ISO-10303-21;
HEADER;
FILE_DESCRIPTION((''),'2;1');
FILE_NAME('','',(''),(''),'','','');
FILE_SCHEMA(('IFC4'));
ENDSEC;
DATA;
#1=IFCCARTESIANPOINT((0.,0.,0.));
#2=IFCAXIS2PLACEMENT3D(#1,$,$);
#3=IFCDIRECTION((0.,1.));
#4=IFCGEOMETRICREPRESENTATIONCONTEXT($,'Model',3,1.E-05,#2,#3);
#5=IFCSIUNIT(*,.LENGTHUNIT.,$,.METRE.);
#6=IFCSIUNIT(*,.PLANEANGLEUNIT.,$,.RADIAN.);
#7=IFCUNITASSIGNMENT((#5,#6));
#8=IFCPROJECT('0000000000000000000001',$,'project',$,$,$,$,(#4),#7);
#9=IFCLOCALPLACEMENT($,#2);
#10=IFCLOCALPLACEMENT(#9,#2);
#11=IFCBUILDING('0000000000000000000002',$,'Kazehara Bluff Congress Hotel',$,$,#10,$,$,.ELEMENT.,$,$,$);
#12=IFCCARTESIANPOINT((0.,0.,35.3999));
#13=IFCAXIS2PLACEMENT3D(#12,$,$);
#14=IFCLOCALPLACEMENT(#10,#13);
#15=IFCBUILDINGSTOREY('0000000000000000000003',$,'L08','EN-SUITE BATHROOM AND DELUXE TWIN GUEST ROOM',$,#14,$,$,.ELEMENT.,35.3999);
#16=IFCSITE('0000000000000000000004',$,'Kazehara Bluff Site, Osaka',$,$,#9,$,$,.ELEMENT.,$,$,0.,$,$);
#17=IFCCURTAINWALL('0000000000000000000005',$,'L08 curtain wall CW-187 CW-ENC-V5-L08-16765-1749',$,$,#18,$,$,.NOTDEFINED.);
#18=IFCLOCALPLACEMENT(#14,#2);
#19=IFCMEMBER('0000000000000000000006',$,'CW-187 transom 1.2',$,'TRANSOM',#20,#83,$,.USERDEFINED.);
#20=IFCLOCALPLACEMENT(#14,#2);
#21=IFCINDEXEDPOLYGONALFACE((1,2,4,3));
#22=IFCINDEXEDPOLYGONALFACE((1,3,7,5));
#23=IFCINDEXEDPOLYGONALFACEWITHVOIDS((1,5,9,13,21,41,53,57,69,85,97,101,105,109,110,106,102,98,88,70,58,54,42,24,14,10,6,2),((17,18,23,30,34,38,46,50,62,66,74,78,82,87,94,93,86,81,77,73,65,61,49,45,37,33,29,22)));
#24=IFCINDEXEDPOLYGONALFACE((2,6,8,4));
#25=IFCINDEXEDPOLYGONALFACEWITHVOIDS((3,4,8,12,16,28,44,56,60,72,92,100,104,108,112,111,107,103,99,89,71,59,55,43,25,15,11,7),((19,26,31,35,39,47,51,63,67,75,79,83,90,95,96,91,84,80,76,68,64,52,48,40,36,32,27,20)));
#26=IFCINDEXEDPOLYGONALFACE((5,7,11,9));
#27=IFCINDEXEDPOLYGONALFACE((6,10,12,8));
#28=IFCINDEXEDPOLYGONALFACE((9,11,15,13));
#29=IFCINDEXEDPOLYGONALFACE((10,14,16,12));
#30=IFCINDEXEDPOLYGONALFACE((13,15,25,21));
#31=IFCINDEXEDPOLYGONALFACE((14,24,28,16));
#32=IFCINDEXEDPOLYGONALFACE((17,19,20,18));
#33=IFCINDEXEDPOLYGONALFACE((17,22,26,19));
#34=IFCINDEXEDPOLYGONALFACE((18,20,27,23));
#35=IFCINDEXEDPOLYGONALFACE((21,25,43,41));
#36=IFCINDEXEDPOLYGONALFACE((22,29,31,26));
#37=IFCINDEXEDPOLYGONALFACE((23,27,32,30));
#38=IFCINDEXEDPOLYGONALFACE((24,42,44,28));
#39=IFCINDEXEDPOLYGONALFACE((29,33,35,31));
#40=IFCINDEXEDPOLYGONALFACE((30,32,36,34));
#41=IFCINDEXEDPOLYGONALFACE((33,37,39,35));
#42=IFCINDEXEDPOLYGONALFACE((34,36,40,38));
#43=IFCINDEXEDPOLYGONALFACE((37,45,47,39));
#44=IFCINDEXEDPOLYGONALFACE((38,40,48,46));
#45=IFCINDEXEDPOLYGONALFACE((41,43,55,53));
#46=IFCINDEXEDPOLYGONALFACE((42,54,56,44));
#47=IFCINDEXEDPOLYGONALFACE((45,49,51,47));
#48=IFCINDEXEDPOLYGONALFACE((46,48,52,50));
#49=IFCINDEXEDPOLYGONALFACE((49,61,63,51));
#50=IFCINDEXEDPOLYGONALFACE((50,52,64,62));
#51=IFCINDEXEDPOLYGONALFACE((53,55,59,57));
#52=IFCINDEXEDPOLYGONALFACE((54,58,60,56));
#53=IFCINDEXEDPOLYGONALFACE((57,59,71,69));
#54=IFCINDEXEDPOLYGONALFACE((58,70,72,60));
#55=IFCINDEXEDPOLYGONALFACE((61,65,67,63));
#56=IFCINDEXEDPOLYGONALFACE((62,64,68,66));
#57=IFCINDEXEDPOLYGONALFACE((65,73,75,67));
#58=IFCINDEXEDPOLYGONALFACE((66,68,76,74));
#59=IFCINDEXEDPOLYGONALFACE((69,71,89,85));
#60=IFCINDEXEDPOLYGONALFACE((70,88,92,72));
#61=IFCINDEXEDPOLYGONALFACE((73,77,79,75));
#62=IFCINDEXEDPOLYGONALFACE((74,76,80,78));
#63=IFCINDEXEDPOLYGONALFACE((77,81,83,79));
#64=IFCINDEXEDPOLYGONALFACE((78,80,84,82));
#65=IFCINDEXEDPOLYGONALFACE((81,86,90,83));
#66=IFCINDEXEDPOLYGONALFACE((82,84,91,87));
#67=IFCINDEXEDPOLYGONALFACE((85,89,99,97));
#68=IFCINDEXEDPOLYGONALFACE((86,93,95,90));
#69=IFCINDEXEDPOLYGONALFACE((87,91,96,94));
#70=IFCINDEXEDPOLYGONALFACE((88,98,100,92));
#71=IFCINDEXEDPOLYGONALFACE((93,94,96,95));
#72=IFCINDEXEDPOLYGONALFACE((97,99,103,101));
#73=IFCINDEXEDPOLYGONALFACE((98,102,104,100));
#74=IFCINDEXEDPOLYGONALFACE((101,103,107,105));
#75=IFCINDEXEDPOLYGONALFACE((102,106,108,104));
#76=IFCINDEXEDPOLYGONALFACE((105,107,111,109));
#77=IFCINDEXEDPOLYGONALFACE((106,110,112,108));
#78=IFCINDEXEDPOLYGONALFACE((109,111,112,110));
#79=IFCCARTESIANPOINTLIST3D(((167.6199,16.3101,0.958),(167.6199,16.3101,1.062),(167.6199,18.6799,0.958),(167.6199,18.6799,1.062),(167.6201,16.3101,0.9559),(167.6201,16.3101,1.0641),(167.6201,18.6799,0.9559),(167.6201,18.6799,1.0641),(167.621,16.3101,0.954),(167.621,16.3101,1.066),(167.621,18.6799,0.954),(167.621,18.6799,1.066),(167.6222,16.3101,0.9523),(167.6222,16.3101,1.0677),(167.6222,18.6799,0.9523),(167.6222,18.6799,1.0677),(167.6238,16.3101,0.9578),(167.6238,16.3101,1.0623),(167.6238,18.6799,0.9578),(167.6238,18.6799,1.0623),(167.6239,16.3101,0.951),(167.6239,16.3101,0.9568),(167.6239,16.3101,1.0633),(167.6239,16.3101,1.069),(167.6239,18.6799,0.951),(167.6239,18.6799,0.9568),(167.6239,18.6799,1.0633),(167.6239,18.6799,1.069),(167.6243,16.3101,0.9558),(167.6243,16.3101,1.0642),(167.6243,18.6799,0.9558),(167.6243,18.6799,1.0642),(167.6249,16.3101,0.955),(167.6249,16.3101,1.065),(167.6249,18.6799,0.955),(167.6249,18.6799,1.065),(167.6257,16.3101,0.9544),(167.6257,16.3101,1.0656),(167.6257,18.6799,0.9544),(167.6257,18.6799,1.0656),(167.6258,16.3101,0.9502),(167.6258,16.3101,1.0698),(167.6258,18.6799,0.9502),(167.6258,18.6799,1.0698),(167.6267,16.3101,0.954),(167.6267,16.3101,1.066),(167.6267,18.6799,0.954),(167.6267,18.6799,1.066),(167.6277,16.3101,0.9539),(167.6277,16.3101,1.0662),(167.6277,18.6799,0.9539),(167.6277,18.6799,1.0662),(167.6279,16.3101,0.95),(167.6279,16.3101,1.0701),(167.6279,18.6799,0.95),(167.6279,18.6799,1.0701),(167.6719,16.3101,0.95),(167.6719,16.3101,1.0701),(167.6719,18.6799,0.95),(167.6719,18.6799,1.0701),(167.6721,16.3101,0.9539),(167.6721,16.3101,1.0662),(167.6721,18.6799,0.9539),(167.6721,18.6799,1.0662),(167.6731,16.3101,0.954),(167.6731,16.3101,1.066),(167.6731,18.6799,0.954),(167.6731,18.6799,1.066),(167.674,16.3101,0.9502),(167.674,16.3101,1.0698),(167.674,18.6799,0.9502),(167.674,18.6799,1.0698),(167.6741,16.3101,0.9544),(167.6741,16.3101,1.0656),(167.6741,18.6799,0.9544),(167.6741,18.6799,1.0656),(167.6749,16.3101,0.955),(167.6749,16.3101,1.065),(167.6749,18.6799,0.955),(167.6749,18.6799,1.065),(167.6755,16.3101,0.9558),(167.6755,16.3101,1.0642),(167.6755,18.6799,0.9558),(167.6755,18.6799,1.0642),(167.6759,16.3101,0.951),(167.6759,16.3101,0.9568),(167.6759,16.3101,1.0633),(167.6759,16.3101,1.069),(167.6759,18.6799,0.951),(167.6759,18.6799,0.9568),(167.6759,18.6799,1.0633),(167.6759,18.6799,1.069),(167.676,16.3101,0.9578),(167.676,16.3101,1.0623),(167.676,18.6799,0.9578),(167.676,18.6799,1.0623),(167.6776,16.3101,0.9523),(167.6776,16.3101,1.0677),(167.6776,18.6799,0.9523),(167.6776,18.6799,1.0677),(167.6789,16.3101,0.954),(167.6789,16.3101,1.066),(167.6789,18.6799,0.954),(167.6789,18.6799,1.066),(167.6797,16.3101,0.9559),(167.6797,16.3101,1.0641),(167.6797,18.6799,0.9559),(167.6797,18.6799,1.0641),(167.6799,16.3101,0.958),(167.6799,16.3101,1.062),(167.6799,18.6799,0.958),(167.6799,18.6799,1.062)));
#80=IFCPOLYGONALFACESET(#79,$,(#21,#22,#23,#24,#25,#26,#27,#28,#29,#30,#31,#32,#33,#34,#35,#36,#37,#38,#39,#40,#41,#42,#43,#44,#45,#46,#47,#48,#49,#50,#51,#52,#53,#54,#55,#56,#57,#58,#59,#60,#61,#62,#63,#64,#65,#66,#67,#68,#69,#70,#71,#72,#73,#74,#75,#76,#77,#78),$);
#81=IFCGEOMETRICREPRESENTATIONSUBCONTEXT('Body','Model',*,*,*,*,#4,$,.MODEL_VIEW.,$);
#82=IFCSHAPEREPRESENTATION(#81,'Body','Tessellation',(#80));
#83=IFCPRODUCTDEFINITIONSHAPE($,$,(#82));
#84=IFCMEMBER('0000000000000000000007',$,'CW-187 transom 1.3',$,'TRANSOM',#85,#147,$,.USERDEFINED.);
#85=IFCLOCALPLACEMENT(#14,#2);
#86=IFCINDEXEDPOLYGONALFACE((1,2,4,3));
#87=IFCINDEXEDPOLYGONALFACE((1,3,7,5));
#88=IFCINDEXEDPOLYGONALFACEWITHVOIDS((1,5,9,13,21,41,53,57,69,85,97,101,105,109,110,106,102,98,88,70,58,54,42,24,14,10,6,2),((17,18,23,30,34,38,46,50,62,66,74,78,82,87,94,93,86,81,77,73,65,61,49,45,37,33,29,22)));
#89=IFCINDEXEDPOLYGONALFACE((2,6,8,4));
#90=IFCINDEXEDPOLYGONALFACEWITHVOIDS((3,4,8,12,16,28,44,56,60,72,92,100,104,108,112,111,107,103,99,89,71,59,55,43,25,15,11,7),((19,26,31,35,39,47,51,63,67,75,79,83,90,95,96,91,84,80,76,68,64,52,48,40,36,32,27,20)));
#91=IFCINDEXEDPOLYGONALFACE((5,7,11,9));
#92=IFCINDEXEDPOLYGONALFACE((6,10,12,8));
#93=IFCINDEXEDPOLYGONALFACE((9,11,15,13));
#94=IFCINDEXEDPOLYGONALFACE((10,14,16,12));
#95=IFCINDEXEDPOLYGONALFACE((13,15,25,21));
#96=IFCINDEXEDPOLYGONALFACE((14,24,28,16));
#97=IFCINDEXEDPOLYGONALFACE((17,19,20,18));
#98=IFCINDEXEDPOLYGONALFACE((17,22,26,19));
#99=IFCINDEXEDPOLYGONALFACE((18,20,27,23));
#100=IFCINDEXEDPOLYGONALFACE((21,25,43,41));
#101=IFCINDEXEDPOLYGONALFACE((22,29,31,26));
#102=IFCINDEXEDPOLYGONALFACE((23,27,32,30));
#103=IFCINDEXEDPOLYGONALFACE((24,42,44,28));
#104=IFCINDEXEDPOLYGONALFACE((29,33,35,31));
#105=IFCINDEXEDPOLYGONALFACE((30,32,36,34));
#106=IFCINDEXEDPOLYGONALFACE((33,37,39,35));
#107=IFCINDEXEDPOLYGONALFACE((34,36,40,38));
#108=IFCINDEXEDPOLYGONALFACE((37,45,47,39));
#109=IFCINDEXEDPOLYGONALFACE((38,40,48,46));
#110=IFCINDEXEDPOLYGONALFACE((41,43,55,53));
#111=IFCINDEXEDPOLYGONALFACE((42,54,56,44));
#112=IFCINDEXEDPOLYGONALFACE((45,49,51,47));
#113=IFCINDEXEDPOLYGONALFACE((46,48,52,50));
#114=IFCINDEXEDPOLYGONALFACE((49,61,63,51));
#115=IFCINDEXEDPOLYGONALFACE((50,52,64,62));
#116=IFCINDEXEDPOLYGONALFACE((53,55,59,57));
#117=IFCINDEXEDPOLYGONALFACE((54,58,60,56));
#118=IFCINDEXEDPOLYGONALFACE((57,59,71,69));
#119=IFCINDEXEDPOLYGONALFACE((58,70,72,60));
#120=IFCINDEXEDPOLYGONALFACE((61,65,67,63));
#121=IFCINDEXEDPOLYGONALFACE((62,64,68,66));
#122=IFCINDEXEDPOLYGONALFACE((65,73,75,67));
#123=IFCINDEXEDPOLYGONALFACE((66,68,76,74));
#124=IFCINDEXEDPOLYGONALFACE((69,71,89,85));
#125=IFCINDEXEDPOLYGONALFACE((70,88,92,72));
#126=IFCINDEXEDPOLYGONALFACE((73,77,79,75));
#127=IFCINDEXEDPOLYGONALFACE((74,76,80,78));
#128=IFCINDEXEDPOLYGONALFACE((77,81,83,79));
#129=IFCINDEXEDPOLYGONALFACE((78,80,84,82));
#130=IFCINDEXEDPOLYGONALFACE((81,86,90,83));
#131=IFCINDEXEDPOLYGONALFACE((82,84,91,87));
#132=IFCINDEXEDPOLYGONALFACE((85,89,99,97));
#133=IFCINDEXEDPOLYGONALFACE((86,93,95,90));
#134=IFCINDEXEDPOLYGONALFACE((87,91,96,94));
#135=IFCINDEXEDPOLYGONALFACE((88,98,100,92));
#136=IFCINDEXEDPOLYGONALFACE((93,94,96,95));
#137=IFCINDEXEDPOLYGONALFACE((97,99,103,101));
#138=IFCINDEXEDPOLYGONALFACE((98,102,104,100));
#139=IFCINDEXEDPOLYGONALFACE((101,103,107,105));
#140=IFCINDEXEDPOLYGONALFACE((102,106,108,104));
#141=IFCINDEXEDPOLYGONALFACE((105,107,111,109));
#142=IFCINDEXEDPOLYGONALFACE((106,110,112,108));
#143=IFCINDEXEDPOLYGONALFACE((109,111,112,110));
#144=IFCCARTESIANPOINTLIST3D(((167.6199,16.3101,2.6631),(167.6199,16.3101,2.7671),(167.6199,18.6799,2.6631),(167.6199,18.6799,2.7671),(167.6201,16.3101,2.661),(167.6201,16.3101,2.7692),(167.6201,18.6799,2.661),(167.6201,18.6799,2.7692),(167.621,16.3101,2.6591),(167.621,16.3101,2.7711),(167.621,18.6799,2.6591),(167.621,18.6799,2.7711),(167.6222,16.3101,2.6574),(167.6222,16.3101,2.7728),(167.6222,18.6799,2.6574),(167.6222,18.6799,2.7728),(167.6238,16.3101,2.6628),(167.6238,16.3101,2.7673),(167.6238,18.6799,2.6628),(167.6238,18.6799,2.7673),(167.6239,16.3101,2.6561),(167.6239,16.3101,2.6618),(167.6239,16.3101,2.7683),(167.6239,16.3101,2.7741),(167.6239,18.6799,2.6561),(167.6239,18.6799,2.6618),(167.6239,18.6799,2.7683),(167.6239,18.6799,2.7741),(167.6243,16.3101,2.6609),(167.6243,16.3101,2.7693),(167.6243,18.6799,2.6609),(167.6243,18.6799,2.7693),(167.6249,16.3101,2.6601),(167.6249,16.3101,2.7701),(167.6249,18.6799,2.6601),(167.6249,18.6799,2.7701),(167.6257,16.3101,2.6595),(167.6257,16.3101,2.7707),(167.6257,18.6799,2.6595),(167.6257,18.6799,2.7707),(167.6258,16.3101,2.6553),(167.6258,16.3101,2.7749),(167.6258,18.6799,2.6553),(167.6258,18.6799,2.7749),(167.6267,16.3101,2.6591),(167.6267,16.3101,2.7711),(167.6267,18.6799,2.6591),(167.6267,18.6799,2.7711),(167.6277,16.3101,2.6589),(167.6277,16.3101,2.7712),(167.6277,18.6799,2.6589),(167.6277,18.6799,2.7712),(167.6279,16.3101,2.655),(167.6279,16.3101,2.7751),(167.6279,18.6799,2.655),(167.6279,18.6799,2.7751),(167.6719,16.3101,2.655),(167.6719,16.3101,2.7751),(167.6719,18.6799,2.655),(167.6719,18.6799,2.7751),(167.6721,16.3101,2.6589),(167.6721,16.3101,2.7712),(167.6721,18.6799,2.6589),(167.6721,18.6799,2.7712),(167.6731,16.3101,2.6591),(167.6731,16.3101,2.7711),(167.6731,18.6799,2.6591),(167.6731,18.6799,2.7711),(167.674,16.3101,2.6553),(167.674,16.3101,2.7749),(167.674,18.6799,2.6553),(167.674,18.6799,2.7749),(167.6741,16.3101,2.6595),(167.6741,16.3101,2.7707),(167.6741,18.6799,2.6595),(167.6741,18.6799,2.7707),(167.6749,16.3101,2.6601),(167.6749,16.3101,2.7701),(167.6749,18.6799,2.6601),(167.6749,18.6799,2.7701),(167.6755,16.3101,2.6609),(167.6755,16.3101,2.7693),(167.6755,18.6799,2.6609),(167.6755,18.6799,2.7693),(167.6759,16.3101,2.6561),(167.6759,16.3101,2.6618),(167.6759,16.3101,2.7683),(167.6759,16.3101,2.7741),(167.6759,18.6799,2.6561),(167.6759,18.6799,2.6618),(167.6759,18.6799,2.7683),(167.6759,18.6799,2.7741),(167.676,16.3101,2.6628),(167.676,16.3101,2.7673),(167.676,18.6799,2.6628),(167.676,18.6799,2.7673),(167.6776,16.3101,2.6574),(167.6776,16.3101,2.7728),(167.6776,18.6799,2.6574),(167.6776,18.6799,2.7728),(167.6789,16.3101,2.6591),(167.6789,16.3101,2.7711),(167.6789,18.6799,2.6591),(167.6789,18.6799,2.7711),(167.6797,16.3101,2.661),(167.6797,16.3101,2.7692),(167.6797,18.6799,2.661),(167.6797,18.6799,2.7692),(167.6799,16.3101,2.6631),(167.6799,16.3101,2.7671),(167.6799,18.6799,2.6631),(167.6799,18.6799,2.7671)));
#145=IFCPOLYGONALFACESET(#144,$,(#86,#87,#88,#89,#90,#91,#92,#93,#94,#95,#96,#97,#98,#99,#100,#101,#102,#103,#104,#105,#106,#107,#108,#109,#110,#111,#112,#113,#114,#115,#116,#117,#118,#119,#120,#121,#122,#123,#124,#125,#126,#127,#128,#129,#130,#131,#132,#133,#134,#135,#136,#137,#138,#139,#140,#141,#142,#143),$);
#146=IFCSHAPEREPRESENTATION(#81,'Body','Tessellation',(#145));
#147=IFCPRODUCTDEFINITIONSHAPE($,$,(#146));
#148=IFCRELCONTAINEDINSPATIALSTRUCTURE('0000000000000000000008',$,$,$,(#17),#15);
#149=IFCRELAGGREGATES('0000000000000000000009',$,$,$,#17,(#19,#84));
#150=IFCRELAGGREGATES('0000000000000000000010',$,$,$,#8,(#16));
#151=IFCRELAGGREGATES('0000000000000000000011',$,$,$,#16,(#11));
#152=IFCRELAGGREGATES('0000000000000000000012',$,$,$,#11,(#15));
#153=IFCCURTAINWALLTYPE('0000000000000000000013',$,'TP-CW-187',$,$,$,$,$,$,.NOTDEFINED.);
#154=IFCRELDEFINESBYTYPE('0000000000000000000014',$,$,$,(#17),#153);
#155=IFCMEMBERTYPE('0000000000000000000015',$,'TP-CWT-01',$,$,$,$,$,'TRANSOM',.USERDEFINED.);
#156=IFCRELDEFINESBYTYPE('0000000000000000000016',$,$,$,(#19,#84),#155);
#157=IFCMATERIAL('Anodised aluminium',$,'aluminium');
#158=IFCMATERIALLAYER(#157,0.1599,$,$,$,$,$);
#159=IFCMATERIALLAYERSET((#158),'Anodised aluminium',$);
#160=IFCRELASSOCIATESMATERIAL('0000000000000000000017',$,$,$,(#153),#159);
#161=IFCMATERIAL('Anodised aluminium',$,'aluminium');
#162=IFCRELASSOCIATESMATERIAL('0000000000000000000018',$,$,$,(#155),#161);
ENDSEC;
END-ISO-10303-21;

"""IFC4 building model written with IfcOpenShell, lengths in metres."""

from ifc_helpers import new_model, si_unit, direction, frame, origin, origin_2d, place, context, subcontext, project, spatial, hollow_rectangle, extrude, material, layer, layer_set, material_profile, profile_set, type_object, element, aggregate, save


model = new_model("IFC4")

# Units and contexts
model_context = context("Model", 3, precision=1e-05, world=origin(), true_north=direction((0.0, 1.0)))
body_context = subcontext(model_context, "Body", "Model", "MODEL_VIEW")
ifc_project = project(units=[si_unit("LENGTHUNIT", "METRE"), si_unit("PLANEANGLEUNIT", "RADIAN")], contexts=[model_context])

# Site, building, storey
site_placement = place(None, origin())
site = spatial("IfcSite", under=ifc_project, at=site_placement, Name="Kazehara Bluff Site, Osaka", CompositionType="ELEMENT", RefElevation=0.0)
building_placement = place(site_placement, origin())
building = spatial("IfcBuilding", under=site, at=building_placement, Name="Kazehara Bluff Congress Hotel", CompositionType="ELEMENT")
storey_placement = place(building_placement, frame((0.0, 0.0, 35.3999)))
storey = spatial("IfcBuildingStorey", under=building, at=storey_placement, Name="L08", Description="EN-SUITE BATHROOM AND DELUXE TWIN GUEST ROOM", CompositionType="ELEMENT", Elevation=35.3999)

# Curtain wall, members
ifc_material_1 = material(Name="Anodised aluminium", Category="aluminium")
ifc_layer_1 = layer(ifc_material_1, 0.1599)
ifc_layer_set_1 = layer_set([ifc_layer_1], Name="Anodised aluminium")
curtain_wall_type = type_object("IfcCurtainWallType", Name="TP-CW-187", PredefinedType="NOTDEFINED", material=ifc_layer_set_1)
curtain_wall_placement = place(storey_placement, origin())
curtain_wall = element("IfcCurtainWall", 1, at=curtain_wall_placement, inside=storey, type_object=curtain_wall_type, Name="L08 curtain wall CW-187 CW-ENC-V5-L08-16765-1749", PredefinedType="NOTDEFINED")
ifc_material_2 = material(Name="Anodised aluminium", Category="aluminium")
ifc_material_profile_1 = material_profile(ifc_material_2, hollow_rectangle(XDim=0.0601, YDim=0.1201, WallThickness=0.0039, InnerFilletRadius=0.0039, OuterFilletRadius=0.0081, at=origin_2d()))
ifc_profile_set_1 = profile_set([ifc_material_profile_1], Name="Anodised aluminium")
member_type_1 = type_object("IfcMemberType", Name="TP-CWT-01", ElementType="TRANSOM", PredefinedType="USERDEFINED", material=ifc_profile_set_1)
member_1_placement = place(storey_placement, frame((167.6499, 18.6799, 1.01), z_axis=(0.0, -1.0, 0.0), x_axis=(1.0, 0.0, 0.0)))
member_1 = element("IfcMember", 2, at=member_1_placement, type_object=member_type_1, Name="CW-187 transom 1.2", ObjectType="TRANSOM", PredefinedType="USERDEFINED", context=body_context, shape_type="SweptSolid", body=[
    extrude(hollow_rectangle(XDim=0.0601, YDim=0.1201, WallThickness=0.0039, InnerFilletRadius=0.0039, OuterFilletRadius=0.0081, at=origin_2d()), origin(), (0.0, 0.0, 1.0), 2.3699),
])
member_2_placement = place(storey_placement, frame((167.6499, 18.6799, 2.7151), z_axis=(0.0, -1.0, 0.0), x_axis=(1.0, 0.0, 0.0)))
member_2 = element("IfcMember", 3, at=member_2_placement, type_object=member_type_1, Name="CW-187 transom 1.3", ObjectType="TRANSOM", PredefinedType="USERDEFINED", context=body_context, shape_type="SweptSolid", body=[
    extrude(hollow_rectangle(XDim=0.0601, YDim=0.1201, WallThickness=0.0039, InnerFilletRadius=0.0039, OuterFilletRadius=0.0081, at=origin_2d()), origin(), (0.0, 0.0, 1.0), 2.3699),
])
aggregate(curtain_wall, [member_1, member_2])

save(model, "model.ifc")
